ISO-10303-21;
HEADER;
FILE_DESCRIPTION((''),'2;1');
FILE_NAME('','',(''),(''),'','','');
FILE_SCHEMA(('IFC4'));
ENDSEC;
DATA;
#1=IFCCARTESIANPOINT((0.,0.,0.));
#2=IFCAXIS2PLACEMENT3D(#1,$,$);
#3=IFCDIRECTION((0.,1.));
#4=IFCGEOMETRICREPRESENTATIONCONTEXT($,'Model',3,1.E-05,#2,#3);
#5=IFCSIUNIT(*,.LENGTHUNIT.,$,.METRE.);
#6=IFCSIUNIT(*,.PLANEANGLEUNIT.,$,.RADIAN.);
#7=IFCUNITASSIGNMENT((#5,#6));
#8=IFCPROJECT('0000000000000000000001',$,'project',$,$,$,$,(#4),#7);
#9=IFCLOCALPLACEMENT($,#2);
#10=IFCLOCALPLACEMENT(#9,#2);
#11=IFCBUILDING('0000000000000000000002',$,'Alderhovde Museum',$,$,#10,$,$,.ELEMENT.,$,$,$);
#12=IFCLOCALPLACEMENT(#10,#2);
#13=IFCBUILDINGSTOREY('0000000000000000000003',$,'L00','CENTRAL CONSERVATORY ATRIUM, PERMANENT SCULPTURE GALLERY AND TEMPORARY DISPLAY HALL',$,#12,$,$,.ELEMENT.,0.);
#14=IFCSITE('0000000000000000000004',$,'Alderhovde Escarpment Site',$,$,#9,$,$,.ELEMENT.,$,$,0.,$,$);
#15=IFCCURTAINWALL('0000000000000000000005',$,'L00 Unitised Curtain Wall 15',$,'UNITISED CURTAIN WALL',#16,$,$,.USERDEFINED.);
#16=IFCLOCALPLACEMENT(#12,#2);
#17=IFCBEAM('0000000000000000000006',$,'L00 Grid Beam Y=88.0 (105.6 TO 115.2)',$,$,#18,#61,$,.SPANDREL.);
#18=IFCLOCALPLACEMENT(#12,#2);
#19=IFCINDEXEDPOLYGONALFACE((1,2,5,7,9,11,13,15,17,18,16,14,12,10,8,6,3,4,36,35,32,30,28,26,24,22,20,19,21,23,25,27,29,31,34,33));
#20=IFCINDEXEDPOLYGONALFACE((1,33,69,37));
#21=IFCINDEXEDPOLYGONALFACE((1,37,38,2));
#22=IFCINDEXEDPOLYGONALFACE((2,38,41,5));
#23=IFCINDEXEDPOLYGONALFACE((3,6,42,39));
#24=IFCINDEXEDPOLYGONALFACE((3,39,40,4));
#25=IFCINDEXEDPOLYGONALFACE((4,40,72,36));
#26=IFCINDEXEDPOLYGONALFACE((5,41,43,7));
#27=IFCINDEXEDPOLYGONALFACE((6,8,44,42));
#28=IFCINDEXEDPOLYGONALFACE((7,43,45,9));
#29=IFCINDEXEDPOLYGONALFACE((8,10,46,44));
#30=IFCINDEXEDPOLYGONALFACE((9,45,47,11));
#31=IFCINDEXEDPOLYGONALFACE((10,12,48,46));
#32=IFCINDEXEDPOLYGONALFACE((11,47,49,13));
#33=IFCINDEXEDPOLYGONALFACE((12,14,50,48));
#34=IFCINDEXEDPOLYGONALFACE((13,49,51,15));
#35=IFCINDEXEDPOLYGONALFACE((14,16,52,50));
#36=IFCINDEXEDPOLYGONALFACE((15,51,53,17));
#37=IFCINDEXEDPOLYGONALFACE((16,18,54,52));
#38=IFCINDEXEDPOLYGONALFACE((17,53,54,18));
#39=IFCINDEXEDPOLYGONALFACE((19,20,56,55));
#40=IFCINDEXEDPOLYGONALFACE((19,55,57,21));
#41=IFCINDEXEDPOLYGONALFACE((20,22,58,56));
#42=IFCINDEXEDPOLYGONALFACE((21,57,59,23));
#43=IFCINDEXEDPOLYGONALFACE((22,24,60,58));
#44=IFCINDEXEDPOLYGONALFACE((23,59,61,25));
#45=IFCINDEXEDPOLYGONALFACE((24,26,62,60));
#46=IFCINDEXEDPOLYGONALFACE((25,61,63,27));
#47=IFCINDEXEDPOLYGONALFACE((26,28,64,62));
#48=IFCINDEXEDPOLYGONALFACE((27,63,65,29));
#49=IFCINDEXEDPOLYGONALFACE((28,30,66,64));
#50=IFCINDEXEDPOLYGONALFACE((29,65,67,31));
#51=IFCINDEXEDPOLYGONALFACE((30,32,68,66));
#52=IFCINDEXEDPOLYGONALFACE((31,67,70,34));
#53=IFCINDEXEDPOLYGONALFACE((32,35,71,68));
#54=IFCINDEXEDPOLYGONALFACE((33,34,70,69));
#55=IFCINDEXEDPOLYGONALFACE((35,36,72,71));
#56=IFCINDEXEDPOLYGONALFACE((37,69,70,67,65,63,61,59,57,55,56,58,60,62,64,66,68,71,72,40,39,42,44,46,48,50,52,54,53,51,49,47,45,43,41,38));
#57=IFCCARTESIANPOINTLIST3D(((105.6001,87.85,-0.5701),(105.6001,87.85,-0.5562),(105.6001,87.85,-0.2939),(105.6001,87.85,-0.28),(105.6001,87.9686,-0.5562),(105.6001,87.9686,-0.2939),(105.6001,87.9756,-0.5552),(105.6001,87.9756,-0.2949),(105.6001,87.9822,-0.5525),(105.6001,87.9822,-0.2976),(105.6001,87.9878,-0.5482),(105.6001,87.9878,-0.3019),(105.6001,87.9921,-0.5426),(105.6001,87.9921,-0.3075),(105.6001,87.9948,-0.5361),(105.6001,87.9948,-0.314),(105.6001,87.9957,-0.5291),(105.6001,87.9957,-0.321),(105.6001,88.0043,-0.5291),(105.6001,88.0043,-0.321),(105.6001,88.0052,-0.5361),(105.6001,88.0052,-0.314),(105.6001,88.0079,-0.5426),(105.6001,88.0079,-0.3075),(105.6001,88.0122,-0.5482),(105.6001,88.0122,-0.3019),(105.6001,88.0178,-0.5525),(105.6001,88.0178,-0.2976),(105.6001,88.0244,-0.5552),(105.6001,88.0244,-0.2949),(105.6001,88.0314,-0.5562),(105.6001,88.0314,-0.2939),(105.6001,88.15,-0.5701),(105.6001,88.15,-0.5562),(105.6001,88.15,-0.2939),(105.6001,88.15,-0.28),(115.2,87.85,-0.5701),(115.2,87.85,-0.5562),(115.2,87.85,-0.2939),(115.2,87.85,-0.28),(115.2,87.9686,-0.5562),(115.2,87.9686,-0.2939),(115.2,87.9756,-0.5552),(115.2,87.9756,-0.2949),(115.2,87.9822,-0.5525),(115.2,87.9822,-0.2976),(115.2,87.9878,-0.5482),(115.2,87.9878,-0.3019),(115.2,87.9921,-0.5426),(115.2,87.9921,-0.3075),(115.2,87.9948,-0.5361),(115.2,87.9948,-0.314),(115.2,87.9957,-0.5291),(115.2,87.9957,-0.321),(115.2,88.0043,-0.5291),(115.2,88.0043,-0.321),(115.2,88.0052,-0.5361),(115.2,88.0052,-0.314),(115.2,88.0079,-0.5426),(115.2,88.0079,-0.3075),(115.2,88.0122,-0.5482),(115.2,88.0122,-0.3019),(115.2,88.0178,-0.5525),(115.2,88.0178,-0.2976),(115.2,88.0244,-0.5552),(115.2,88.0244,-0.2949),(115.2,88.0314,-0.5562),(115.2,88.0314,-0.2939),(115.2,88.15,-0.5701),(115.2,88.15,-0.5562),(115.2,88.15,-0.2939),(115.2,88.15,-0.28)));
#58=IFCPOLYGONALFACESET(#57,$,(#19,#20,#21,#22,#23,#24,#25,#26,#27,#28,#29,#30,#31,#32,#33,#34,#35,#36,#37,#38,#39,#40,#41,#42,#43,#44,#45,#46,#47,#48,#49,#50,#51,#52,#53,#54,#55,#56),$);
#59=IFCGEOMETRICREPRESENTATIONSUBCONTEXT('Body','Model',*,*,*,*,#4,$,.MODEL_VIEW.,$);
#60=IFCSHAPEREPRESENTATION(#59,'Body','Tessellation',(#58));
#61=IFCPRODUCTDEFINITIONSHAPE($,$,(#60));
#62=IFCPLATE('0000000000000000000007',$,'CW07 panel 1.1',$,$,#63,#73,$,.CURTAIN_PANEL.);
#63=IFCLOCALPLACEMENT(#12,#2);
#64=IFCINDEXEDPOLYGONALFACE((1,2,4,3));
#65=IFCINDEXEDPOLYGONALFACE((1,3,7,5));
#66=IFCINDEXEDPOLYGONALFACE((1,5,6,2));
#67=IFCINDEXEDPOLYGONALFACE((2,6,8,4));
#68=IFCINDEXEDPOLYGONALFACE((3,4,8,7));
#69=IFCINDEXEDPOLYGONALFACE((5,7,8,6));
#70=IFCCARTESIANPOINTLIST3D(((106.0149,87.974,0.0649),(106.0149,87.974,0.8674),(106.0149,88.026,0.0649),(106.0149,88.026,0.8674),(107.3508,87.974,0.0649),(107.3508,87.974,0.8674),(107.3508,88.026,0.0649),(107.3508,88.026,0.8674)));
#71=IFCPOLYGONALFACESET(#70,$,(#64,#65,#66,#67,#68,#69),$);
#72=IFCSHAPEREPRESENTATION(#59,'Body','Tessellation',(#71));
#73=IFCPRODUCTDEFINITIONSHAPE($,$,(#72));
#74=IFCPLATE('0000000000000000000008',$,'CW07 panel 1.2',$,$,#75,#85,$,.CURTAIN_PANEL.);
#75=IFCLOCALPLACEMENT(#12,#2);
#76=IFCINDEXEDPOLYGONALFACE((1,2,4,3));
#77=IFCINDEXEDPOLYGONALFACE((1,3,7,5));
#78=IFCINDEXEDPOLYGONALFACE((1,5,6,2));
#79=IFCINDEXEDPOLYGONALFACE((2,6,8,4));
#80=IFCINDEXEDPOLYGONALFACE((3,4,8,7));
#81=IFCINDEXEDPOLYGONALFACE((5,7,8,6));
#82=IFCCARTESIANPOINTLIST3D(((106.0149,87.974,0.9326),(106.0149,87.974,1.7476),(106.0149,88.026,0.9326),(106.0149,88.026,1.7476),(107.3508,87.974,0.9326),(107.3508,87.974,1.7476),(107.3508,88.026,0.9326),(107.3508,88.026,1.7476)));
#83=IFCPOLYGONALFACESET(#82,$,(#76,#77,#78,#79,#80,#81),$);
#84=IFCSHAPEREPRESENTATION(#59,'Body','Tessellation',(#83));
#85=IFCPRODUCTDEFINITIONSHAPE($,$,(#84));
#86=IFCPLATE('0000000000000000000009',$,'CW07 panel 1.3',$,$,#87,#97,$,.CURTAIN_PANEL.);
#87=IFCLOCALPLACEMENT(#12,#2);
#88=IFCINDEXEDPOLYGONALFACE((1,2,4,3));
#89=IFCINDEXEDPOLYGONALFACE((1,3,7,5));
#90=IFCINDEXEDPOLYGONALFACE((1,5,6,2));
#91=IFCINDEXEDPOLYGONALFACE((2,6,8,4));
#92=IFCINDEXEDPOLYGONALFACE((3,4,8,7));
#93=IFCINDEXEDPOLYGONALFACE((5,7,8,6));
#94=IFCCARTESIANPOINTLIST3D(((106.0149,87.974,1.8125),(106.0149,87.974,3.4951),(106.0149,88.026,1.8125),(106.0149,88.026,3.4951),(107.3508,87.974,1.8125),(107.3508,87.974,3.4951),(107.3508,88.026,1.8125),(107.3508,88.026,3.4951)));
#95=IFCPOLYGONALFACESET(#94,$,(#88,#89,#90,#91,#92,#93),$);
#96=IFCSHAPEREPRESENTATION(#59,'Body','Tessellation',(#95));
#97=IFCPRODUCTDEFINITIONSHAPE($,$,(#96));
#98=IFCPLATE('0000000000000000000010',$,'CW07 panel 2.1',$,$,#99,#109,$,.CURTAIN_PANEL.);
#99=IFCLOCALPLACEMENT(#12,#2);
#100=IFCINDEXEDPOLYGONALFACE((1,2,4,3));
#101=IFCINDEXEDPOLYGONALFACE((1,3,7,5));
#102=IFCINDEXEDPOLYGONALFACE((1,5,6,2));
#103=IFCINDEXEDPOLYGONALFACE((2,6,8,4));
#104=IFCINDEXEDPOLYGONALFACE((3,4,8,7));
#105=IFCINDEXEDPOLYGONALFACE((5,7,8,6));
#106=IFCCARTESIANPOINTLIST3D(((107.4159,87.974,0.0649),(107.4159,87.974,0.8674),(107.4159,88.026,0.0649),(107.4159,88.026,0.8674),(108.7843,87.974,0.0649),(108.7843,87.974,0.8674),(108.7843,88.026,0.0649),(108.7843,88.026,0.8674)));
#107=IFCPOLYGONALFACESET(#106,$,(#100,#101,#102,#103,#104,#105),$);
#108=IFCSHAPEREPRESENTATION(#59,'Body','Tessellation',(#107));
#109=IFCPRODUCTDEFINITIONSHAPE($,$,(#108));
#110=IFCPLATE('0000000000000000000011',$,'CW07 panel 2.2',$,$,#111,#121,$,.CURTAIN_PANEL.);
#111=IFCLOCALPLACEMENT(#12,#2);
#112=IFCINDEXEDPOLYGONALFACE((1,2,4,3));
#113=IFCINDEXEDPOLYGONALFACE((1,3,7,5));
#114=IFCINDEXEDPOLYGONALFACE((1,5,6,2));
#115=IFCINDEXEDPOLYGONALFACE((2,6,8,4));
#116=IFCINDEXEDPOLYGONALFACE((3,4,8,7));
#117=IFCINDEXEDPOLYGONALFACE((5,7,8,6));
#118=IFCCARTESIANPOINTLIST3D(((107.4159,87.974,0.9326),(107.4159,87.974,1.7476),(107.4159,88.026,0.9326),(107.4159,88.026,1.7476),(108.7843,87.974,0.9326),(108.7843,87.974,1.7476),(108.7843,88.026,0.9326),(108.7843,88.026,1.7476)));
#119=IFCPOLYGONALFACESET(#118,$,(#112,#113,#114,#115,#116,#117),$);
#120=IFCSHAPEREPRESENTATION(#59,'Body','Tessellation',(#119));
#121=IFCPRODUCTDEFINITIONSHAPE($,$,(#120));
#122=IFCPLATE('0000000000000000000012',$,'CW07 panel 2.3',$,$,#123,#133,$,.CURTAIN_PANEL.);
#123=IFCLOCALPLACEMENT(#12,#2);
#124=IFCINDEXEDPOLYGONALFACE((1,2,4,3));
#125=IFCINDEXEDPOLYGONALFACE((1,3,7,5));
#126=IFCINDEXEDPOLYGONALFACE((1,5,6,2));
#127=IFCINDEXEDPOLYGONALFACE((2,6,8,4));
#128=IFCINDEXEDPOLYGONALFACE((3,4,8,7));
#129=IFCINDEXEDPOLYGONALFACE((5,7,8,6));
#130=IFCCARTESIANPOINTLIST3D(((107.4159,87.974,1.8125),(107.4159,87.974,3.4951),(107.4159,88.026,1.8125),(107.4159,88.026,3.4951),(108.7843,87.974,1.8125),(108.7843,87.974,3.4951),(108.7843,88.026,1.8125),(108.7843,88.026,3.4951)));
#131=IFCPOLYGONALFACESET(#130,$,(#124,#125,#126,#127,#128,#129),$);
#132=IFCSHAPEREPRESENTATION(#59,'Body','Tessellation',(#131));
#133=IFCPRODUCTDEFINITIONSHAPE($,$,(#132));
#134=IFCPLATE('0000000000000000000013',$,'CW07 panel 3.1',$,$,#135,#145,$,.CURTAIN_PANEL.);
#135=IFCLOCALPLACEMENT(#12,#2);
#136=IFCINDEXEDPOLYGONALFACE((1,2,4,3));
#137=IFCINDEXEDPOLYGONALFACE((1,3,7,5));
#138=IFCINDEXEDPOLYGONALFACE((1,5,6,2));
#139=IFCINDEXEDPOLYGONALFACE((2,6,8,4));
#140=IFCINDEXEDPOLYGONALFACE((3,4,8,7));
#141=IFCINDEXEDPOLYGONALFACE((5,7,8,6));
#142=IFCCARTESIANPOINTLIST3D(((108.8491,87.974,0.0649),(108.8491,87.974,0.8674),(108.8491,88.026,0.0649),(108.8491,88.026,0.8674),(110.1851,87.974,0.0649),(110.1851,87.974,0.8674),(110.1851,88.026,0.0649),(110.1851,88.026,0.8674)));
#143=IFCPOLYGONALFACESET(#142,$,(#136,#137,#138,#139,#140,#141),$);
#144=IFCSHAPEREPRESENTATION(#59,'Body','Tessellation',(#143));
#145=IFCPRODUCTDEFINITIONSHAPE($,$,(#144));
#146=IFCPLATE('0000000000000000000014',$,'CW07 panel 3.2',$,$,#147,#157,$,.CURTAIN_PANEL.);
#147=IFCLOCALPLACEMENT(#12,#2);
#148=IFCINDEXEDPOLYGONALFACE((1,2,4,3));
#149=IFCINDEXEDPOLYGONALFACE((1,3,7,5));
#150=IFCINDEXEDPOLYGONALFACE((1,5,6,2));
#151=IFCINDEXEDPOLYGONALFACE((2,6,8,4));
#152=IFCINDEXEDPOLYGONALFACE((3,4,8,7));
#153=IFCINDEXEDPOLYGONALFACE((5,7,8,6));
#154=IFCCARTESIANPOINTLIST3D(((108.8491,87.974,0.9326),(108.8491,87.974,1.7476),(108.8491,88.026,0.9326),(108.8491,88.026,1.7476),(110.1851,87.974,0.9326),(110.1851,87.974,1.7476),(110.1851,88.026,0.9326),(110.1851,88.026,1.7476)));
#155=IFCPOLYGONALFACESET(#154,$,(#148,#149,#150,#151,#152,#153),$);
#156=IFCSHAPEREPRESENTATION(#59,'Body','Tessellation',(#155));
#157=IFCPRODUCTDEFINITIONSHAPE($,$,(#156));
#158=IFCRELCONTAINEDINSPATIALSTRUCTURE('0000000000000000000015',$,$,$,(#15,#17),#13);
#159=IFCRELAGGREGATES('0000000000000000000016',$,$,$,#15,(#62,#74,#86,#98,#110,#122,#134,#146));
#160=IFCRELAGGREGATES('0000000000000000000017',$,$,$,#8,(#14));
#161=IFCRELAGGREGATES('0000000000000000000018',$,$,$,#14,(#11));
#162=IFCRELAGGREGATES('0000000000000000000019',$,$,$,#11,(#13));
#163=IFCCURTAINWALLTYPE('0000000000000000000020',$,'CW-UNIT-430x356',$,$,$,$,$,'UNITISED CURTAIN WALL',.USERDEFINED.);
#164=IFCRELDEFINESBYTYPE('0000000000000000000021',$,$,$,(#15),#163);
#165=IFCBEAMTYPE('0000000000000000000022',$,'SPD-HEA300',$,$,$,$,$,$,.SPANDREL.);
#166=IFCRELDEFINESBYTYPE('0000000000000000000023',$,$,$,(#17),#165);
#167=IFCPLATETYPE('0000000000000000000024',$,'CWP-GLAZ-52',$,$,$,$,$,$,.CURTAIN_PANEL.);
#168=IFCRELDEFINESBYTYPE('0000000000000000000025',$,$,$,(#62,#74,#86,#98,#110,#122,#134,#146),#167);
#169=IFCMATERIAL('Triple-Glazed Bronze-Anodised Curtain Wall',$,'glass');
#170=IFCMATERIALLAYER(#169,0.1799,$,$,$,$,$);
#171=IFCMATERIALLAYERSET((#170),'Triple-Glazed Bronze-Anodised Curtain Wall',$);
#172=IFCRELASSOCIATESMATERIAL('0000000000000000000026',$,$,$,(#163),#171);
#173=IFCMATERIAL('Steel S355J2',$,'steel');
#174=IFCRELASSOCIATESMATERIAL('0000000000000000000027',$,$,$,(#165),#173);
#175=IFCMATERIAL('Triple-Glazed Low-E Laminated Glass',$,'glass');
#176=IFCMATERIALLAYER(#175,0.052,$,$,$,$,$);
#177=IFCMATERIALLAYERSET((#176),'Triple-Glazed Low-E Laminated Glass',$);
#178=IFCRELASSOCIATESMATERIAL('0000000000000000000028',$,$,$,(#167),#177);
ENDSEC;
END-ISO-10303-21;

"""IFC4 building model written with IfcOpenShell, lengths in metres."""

from ifc_helpers import new_model, si_unit, direction, frame, origin, origin_2d, place, context, subcontext, project, spatial, rectangle, i_section, extrude, material, layer, layer_set, material_profile, profile_set, type_object, element, aggregate, save


model = new_model("IFC4")

# Units and contexts
model_context = context("Model", 3, precision=1e-05, world=origin(), true_north=direction((0.0, 1.0)))
body_context = subcontext(model_context, "Body", "Model", "MODEL_VIEW")
ifc_project = project(units=[si_unit("LENGTHUNIT", "METRE"), si_unit("PLANEANGLEUNIT", "RADIAN")], contexts=[model_context])

# Site, building, storey
site_placement = place(None, origin())
site = spatial("IfcSite", under=ifc_project, at=site_placement, Name="Alderhovde Escarpment Site", CompositionType="ELEMENT", RefElevation=0.0)
building_placement = place(site_placement, origin())
building = spatial("IfcBuilding", under=site, at=building_placement, Name="Alderhovde Museum", CompositionType="ELEMENT")
storey_placement = place(building_placement, origin())
storey = spatial("IfcBuildingStorey", under=building, at=storey_placement, Name="L00", Description="CENTRAL CONSERVATORY ATRIUM, PERMANENT SCULPTURE GALLERY AND TEMPORARY DISPLAY HALL", CompositionType="ELEMENT", Elevation=0.0)

# Curtain wall
ifc_material_1 = material(Name="Triple-Glazed Bronze-Anodised Curtain Wall", Category="glass")
ifc_layer_1 = layer(ifc_material_1, 0.1799)
ifc_layer_set_1 = layer_set([ifc_layer_1], Name="Triple-Glazed Bronze-Anodised Curtain Wall")
curtain_wall_type = type_object("IfcCurtainWallType", Name="CW-UNIT-430x356", ElementType="UNITISED CURTAIN WALL", PredefinedType="USERDEFINED", material=ifc_layer_set_1)
curtain_wall_placement = place(storey_placement, origin())
curtain_wall = element("IfcCurtainWall", 1, at=curtain_wall_placement, inside=storey, type_object=curtain_wall_type, Name="L00 Unitised Curtain Wall 15", ObjectType="UNITISED CURTAIN WALL", PredefinedType="USERDEFINED")

# Beam
ifc_material_2 = material(Name="Steel S355J2", Category="steel")
ifc_material_profile_1 = material_profile(ifc_material_2, i_section(OverallWidth=0.3, OverallDepth=0.29, WebThickness=0.0085, FlangeThickness=0.0139, FilletRadius=0.0271, at=origin_2d()), Name="HEA 300")
ifc_profile_set_1 = profile_set([ifc_material_profile_1], Name="Steel S355J2")
beam_type_1 = type_object("IfcBeamType", Name="SPD-HEA300", PredefinedType="SPANDREL", material=ifc_profile_set_1)
beam_1_placement = place(storey_placement, frame((105.6001, 88.0, -0.425), z_axis=(1.0, 0.0, 0.0), x_axis=(0.0, 1.0, 0.0)))
element("IfcBeam", 2, at=beam_1_placement, inside=storey, type_object=beam_type_1, Name="L00 Grid Beam Y=88.0 (105.6 TO 115.2)", PredefinedType="SPANDREL", context=body_context, shape_type="SweptSolid", body=[
    extrude(i_section(OverallWidth=0.3, OverallDepth=0.29, WebThickness=0.0085, FlangeThickness=0.0139, FilletRadius=0.0271, at=origin_2d()), origin(), (0.0, 0.0, 1.0), 9.5999),
])

# Plates
ifc_material_3 = material(Name="Triple-Glazed Low-E Laminated Glass", Category="glass")
ifc_layer_2 = layer(ifc_material_3, 0.052)
ifc_layer_set_2 = layer_set([ifc_layer_2], Name="Triple-Glazed Low-E Laminated Glass")
plate_type = type_object("IfcPlateType", Name="CWP-GLAZ-52", PredefinedType="CURTAIN_PANEL", material=ifc_layer_set_2)
plate_1_placement = place(storey_placement, frame((106.6829, 88.0, 0.0649), z_axis=(0.0, 0.0, 1.0), x_axis=(1.0, 0.0, 0.0)))
plate_1 = element("IfcPlate", 3, at=plate_1_placement, type_object=plate_type, Name="CW07 panel 1.1", PredefinedType="CURTAIN_PANEL", context=body_context, shape_type="SweptSolid", body=[
    extrude(rectangle(XDim=1.3359, YDim=0.052, at=origin_2d()), origin(), (0.0, 0.0, 1.0), 0.8025),
])
plate_2_placement = place(storey_placement, frame((106.6829, 88.0, 0.9326), z_axis=(0.0, 0.0, 1.0), x_axis=(1.0, 0.0, 0.0)))
plate_2 = element("IfcPlate", 4, at=plate_2_placement, type_object=plate_type, Name="CW07 panel 1.2", PredefinedType="CURTAIN_PANEL", context=body_context, shape_type="SweptSolid", body=[
    extrude(rectangle(XDim=1.3359, YDim=0.052, at=origin_2d()), origin(), (0.0, 0.0, 1.0), 0.8149),
])
plate_3_placement = place(storey_placement, frame((106.6829, 88.0, 1.8125), z_axis=(0.0, 0.0, 1.0), x_axis=(1.0, 0.0, 0.0)))
plate_3 = element("IfcPlate", 5, at=plate_3_placement, type_object=plate_type, Name="CW07 panel 1.3", PredefinedType="CURTAIN_PANEL", context=body_context, shape_type="SweptSolid", body=[
    extrude(rectangle(XDim=1.3359, YDim=0.052, at=origin_2d()), origin(), (0.0, 0.0, 1.0), 1.6826),
])
plate_4_placement = place(storey_placement, frame((108.1001, 88.0, 0.0649), z_axis=(0.0, 0.0, 1.0), x_axis=(1.0, 0.0, 0.0)))
plate_4 = element("IfcPlate", 6, at=plate_4_placement, type_object=plate_type, Name="CW07 panel 2.1", PredefinedType="CURTAIN_PANEL", context=body_context, shape_type="SweptSolid", body=[
    extrude(rectangle(XDim=1.3684, YDim=0.052, at=origin_2d()), origin(), (0.0, 0.0, 1.0), 0.8025),
])
plate_5_placement = place(storey_placement, frame((108.1001, 88.0, 0.9326), z_axis=(0.0, 0.0, 1.0), x_axis=(1.0, 0.0, 0.0)))
plate_5 = element("IfcPlate", 7, at=plate_5_placement, type_object=plate_type, Name="CW07 panel 2.2", PredefinedType="CURTAIN_PANEL", context=body_context, shape_type="SweptSolid", body=[
    extrude(rectangle(XDim=1.3684, YDim=0.052, at=origin_2d()), origin(), (0.0, 0.0, 1.0), 0.8149),
])
plate_6_placement = place(storey_placement, frame((108.1001, 88.0, 1.8125), z_axis=(0.0, 0.0, 1.0), x_axis=(1.0, 0.0, 0.0)))
plate_6 = element("IfcPlate", 8, at=plate_6_placement, type_object=plate_type, Name="CW07 panel 2.3", PredefinedType="CURTAIN_PANEL", context=body_context, shape_type="SweptSolid", body=[
    extrude(rectangle(XDim=1.3684, YDim=0.052, at=origin_2d()), origin(), (0.0, 0.0, 1.0), 1.6826),
])
plate_7_placement = place(storey_placement, frame((109.5171, 88.0, 0.0649), z_axis=(0.0, 0.0, 1.0), x_axis=(1.0, 0.0, 0.0)))
plate_7 = element("IfcPlate", 9, at=plate_7_placement, type_object=plate_type, Name="CW07 panel 3.1", PredefinedType="CURTAIN_PANEL", context=body_context, shape_type="SweptSolid", body=[
    extrude(rectangle(XDim=1.3359, YDim=0.052, at=origin_2d()), origin(), (0.0, 0.0, 1.0), 0.8025),
])
plate_8_placement = place(storey_placement, frame((109.5171, 88.0, 0.9326), z_axis=(0.0, 0.0, 1.0), x_axis=(1.0, 0.0, 0.0)))
plate_8 = element("IfcPlate", 10, at=plate_8_placement, type_object=plate_type, Name="CW07 panel 3.2", PredefinedType="CURTAIN_PANEL", context=body_context, shape_type="SweptSolid", body=[
    extrude(rectangle(XDim=1.3359, YDim=0.052, at=origin_2d()), origin(), (0.0, 0.0, 1.0), 0.8149),
])
aggregate(curtain_wall, [plate_1, plate_2, plate_3, plate_4, plate_5, plate_6, plate_7, plate_8])

save(model, "model.ifc")
